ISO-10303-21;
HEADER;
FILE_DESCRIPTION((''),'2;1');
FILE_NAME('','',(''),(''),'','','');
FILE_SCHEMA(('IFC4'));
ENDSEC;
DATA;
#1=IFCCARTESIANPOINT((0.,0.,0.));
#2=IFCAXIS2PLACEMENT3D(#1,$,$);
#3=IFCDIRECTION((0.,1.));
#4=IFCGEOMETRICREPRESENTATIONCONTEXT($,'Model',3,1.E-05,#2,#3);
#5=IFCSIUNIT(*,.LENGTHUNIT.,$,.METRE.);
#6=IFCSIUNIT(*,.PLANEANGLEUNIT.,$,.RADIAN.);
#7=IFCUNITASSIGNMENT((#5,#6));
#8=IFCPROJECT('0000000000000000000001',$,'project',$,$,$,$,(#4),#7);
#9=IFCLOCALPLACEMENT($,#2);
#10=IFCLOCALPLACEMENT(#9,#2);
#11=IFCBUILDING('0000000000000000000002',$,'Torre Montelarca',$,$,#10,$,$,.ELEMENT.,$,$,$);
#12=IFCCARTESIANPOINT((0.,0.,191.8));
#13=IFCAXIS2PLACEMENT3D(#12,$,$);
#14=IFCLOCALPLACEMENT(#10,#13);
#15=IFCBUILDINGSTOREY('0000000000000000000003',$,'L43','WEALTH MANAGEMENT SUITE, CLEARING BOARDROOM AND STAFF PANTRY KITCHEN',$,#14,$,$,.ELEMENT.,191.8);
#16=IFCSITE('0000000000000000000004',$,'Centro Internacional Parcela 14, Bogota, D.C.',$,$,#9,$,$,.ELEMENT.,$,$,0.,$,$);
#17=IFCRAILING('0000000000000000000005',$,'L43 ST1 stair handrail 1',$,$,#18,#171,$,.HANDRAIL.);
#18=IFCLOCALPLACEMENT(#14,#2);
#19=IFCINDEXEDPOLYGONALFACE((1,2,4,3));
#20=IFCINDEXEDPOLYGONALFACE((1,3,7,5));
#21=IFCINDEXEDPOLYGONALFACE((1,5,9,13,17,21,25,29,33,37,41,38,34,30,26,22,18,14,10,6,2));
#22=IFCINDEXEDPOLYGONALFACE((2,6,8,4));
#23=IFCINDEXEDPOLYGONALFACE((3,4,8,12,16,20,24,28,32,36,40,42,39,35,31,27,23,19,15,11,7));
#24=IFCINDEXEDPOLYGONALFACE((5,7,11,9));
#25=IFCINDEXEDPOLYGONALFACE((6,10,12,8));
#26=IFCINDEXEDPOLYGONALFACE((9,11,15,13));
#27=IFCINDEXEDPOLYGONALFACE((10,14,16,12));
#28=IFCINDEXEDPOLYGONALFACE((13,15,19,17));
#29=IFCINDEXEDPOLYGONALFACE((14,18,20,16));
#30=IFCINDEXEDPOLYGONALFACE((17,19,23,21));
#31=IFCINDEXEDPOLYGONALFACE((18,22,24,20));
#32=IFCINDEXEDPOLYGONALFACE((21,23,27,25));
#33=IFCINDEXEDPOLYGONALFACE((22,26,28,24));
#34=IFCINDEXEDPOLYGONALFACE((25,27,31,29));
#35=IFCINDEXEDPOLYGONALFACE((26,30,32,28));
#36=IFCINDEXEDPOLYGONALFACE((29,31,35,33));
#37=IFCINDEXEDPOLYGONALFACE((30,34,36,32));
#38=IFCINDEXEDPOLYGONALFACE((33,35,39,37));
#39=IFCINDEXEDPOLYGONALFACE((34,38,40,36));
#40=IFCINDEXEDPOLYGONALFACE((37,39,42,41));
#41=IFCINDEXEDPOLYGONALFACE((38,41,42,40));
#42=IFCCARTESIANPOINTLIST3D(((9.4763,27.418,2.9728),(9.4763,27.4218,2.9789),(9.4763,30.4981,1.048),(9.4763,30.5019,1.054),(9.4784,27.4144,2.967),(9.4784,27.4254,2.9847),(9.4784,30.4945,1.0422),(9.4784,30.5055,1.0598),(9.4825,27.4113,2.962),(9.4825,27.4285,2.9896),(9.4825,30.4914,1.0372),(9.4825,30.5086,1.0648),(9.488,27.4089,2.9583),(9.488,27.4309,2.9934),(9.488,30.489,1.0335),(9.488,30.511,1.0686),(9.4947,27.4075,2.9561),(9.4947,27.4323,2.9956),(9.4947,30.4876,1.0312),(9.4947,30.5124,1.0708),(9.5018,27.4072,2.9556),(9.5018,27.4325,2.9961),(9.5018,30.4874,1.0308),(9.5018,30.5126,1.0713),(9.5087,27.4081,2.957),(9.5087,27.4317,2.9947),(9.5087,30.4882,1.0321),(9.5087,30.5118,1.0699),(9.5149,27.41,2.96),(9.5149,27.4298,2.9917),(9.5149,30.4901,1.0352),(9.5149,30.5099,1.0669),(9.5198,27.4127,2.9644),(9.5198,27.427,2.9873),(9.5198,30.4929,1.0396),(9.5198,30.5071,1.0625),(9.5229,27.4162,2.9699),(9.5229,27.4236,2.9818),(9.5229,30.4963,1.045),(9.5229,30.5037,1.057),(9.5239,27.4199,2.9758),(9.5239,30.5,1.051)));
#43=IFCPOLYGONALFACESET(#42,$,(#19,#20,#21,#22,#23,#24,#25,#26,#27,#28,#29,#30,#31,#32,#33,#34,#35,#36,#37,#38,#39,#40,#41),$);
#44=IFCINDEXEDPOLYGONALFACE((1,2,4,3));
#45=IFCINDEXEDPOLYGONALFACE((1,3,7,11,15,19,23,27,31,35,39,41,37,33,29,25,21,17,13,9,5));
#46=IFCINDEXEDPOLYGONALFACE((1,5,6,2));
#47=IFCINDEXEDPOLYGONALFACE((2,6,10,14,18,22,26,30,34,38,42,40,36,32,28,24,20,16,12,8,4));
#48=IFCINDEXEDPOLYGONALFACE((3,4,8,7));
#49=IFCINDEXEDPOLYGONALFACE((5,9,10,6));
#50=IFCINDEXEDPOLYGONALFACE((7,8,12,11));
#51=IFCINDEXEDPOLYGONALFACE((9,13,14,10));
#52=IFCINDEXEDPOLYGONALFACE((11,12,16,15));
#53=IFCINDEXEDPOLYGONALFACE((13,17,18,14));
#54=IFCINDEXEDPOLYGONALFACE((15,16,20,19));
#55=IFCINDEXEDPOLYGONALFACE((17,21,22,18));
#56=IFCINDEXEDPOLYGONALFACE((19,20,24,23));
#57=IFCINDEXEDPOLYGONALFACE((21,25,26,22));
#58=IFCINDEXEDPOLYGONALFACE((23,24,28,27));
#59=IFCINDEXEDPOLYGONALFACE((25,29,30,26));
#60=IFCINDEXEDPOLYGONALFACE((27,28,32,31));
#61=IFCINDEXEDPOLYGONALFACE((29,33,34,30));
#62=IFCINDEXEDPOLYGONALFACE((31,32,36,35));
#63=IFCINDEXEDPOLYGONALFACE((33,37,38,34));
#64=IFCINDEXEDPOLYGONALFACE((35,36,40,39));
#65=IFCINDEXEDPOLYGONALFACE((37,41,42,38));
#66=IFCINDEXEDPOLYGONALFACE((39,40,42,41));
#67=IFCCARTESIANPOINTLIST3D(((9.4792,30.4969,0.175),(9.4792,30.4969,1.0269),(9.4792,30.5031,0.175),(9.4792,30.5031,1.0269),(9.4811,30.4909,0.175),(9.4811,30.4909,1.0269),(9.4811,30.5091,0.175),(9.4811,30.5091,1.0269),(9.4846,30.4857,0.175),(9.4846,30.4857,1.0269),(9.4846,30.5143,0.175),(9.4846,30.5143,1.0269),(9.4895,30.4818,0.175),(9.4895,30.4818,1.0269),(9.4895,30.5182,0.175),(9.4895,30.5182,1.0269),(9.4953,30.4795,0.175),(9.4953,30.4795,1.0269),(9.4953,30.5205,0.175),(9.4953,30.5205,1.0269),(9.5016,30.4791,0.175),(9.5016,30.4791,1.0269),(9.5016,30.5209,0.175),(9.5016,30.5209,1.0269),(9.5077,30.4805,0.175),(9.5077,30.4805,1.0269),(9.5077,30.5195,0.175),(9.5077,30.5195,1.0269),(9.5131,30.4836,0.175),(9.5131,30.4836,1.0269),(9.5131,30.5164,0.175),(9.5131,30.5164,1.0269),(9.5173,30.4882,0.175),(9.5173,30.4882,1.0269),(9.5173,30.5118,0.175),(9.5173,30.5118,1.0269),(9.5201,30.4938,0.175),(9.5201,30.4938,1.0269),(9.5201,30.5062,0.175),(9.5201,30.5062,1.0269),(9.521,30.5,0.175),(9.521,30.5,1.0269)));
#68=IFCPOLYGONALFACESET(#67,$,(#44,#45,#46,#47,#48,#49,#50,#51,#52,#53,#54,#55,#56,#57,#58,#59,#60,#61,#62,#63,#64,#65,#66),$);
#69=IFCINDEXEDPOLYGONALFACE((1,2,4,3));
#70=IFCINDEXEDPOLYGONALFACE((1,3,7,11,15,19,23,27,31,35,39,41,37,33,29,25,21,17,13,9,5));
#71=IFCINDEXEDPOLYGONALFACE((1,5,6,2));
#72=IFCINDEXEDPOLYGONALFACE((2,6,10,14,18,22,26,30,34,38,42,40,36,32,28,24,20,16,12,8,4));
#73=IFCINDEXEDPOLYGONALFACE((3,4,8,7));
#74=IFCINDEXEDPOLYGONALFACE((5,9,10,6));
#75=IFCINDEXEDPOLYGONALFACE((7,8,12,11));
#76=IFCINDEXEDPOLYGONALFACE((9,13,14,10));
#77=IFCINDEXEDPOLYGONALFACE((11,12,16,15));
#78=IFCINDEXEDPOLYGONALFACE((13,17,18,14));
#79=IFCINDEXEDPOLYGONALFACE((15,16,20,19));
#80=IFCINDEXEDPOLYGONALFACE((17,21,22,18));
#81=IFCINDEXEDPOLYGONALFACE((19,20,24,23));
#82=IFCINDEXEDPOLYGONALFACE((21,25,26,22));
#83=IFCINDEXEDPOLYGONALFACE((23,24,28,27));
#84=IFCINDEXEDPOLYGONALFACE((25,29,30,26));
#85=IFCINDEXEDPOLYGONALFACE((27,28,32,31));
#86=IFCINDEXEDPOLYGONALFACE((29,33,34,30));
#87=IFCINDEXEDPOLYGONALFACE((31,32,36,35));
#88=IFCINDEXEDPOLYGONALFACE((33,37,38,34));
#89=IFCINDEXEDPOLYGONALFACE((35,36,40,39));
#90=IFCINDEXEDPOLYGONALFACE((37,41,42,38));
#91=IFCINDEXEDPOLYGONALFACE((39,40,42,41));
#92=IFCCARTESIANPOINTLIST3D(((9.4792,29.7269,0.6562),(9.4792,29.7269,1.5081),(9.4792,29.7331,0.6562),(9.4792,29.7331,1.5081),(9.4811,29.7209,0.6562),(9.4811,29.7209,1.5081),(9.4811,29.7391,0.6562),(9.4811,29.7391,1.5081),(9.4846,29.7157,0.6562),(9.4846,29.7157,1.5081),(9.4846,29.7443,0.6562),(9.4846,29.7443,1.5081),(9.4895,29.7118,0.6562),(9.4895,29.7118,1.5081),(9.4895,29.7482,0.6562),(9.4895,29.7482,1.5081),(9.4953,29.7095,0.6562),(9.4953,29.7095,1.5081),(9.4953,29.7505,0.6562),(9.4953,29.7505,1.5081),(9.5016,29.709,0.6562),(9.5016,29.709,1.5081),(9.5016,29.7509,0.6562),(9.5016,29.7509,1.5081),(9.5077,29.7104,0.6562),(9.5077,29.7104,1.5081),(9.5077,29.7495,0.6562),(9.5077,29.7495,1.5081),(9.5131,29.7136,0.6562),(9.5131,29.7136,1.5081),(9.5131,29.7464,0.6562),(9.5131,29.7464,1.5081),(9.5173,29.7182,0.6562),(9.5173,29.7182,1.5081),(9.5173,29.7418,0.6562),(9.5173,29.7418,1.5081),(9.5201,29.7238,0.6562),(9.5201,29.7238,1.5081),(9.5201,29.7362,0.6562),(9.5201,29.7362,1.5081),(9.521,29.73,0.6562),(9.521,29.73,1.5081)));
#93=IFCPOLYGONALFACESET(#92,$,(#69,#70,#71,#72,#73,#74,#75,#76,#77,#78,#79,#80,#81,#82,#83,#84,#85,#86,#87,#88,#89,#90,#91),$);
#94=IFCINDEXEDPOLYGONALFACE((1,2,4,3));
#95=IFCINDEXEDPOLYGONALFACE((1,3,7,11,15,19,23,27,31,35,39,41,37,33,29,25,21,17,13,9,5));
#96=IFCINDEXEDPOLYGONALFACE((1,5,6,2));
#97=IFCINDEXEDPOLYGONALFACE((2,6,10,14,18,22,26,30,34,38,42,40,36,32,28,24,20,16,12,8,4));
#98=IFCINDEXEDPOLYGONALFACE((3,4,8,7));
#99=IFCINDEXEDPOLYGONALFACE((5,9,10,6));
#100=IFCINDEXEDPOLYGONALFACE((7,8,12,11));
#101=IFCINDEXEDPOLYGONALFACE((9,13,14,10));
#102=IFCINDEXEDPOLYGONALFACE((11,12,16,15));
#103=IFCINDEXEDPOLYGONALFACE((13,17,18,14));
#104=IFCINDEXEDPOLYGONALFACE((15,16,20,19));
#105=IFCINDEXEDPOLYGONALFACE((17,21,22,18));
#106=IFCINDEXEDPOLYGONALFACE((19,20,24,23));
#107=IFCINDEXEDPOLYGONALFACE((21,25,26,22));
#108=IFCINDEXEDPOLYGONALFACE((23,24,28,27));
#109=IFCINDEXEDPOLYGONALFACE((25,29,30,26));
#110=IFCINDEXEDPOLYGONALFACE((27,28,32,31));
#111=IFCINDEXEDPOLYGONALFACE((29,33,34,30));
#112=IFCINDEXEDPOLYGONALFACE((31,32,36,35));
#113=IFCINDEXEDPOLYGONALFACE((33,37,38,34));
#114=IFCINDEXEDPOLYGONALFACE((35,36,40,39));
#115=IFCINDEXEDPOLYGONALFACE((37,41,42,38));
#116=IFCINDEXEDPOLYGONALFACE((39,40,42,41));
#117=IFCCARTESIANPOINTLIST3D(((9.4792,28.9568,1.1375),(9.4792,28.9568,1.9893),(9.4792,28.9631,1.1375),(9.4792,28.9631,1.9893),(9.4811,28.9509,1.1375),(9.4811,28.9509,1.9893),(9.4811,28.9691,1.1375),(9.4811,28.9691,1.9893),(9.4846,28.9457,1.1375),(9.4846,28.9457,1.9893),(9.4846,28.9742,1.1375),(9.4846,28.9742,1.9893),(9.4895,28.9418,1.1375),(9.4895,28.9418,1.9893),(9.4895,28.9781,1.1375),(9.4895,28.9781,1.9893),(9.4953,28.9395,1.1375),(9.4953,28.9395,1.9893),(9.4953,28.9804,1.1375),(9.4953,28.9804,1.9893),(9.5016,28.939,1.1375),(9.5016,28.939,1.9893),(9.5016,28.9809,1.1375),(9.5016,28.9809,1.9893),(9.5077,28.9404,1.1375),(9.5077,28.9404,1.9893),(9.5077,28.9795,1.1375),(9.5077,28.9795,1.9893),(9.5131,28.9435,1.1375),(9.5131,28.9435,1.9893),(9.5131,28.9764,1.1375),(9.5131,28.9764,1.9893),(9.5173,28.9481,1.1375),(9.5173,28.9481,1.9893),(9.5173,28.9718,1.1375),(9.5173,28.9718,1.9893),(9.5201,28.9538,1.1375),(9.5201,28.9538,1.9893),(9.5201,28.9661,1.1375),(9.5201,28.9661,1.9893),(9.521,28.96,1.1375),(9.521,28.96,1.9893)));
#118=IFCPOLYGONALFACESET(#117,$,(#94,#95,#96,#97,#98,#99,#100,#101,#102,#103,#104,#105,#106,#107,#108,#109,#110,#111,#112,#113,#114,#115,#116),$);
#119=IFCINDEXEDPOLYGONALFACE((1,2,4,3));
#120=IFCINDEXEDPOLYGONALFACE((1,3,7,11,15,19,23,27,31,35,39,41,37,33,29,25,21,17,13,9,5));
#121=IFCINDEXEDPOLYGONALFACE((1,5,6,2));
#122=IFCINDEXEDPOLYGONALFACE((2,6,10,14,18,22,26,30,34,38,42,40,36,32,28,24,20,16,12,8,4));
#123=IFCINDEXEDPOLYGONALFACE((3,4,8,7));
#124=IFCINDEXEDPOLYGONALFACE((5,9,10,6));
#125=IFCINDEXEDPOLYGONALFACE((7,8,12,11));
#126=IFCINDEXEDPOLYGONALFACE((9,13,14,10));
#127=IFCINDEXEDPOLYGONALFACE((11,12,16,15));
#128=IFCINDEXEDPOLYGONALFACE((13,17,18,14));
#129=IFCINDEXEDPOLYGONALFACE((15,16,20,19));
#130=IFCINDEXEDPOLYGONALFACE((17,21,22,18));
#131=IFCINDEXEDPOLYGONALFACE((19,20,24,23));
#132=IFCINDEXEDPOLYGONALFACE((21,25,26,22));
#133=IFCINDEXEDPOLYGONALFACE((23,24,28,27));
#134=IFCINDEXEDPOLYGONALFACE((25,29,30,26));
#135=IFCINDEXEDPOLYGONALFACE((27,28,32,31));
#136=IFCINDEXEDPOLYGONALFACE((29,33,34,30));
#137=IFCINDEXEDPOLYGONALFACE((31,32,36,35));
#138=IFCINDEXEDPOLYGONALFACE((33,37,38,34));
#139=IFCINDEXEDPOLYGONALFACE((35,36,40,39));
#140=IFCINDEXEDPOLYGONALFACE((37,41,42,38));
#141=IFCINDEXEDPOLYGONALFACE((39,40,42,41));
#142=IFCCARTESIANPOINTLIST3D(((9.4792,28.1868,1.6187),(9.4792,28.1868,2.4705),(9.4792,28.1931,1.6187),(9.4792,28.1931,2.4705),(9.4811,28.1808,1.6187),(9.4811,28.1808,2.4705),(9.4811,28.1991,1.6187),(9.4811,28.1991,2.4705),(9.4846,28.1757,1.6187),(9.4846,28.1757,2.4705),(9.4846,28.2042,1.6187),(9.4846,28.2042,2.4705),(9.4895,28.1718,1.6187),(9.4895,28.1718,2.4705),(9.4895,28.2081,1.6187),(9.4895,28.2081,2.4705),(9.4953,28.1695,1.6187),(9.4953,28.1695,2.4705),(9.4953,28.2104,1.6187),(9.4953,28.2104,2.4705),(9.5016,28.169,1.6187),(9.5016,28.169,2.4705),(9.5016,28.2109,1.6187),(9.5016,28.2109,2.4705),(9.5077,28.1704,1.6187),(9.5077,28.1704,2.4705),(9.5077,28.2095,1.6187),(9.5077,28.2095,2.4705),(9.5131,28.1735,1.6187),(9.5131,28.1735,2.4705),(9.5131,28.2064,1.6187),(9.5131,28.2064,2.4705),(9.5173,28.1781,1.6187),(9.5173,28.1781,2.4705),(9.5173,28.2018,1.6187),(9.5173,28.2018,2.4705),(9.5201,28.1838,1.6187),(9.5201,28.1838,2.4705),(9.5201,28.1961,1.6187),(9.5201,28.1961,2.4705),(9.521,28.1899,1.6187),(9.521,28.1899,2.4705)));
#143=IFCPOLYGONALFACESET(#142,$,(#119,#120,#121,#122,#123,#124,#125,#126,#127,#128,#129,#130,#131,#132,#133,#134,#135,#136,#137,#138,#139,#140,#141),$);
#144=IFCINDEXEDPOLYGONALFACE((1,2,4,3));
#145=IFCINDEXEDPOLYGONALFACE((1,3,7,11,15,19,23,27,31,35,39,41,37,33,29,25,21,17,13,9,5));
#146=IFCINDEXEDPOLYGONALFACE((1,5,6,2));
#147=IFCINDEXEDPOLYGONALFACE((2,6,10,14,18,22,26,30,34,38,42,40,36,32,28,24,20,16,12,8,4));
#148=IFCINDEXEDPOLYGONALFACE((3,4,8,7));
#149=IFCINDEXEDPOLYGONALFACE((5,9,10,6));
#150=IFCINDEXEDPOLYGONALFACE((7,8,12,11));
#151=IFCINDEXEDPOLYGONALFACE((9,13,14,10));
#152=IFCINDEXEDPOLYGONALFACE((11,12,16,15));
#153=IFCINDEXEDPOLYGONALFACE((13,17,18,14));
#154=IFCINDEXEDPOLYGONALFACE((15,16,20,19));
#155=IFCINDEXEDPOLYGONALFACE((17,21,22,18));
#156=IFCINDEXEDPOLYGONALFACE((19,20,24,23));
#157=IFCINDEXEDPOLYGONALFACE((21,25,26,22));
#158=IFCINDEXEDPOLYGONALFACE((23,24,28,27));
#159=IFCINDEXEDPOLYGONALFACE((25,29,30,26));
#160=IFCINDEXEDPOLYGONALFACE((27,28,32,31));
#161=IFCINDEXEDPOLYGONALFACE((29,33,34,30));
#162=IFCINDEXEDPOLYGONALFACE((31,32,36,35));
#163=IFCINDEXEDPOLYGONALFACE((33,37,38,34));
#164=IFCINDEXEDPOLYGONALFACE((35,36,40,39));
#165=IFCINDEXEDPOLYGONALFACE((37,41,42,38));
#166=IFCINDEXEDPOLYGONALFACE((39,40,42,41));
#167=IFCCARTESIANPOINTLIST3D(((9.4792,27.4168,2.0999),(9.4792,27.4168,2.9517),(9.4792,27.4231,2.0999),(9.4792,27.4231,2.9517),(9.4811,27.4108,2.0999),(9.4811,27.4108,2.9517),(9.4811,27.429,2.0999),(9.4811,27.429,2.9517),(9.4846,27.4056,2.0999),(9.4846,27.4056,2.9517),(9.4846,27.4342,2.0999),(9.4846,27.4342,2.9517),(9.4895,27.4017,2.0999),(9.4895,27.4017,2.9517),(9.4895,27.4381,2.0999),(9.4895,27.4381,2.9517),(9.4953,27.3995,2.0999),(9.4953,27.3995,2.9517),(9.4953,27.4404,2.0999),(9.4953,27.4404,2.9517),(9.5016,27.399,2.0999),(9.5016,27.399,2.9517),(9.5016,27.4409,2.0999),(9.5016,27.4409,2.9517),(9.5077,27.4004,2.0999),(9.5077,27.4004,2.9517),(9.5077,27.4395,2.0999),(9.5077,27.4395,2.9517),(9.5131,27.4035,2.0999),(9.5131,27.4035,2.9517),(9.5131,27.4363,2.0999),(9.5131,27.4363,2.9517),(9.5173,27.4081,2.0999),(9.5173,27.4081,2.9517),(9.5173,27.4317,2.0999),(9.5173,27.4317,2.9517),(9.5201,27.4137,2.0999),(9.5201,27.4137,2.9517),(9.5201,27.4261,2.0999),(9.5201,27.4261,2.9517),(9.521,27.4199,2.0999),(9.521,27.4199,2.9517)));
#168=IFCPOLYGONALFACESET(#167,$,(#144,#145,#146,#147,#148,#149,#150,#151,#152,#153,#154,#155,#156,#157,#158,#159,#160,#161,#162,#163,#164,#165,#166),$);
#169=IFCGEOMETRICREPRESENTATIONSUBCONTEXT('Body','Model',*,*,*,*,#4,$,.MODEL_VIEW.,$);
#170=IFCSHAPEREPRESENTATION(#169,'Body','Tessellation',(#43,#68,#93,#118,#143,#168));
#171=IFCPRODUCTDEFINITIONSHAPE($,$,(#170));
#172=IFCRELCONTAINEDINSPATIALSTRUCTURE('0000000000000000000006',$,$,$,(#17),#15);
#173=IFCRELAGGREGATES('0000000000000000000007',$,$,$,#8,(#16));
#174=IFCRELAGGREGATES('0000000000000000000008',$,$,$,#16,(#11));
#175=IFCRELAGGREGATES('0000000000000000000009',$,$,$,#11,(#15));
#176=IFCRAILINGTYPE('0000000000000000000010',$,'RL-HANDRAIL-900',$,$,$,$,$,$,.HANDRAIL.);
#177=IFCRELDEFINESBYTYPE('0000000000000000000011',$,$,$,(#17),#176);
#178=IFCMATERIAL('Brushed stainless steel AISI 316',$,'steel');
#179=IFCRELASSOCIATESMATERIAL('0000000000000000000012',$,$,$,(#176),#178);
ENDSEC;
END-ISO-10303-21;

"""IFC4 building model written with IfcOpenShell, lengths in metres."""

from ifc_helpers import new_model, si_unit, direction, frame, origin, origin_2d, place, context, subcontext, project, spatial, circle, extrude, material, type_object, element, save


model = new_model("IFC4")

# Units and contexts
model_context = context("Model", 3, precision=1e-05, world=origin(), true_north=direction((0.0, 1.0)))
body_context = subcontext(model_context, "Body", "Model", "MODEL_VIEW")
ifc_project = project(units=[si_unit("LENGTHUNIT", "METRE"), si_unit("PLANEANGLEUNIT", "RADIAN")], contexts=[model_context])

# Site, building, storey
site_placement = place(None, origin())
site = spatial("IfcSite", under=ifc_project, at=site_placement, Name="Centro Internacional Parcela 14, Bogota, D.C.", CompositionType="ELEMENT", RefElevation=0.0)
building_placement = place(site_placement, origin())
building = spatial("IfcBuilding", under=site, at=building_placement, Name="Torre Montelarca", CompositionType="ELEMENT")
storey_placement = place(building_placement, frame((0.0, 0.0, 191.8)))
storey = spatial("IfcBuildingStorey", under=building, at=storey_placement, Name="L43", Description="WEALTH MANAGEMENT SUITE, CLEARING BOARDROOM AND STAFF PANTRY KITCHEN", CompositionType="ELEMENT", Elevation=191.8)

# Railing
ifc_material_1 = material(Name="Brushed stainless steel AISI 316", Category="steel")
railing_type_1 = type_object("IfcRailingType", Name="RL-HANDRAIL-900", PredefinedType="HANDRAIL", material=ifc_material_1)
railing_1_placement = place(storey_placement, frame((9.5, 30.5, 0.175)))
element("IfcRailing", 1, at=railing_1_placement, inside=storey, type_object=railing_type_1, Name="L43 ST1 stair handrail 1", PredefinedType="HANDRAIL", context=body_context, shape_type="SweptSolid", body=[
    extrude(circle(Radius=0.0239, at=origin_2d()), frame((0.0, 0.0, 0.876), z_axis=(0.0, -0.848029, 0.529951), x_axis=(1.0, 0.0, 0.0)), (0.0, 0.0, 1.0), 3.6321),
    extrude(circle(Radius=0.021, at=origin_2d()), origin(), (0.0, 0.0, 1.0), 0.8518),
    extrude(circle(Radius=0.021, at=origin_2d()), frame((0.0, -0.77, 0.4812)), (0.0, 0.0, 1.0), 0.8518),
    extrude(circle(Radius=0.021, at=origin_2d()), frame((0.0, -1.54, 0.9624)), (0.0, 0.0, 1.0), 0.8518),
    extrude(circle(Radius=0.021, at=origin_2d()), frame((0.0, -2.3101, 1.4436)), (0.0, 0.0, 1.0), 0.8518),
    extrude(circle(Radius=0.021, at=origin_2d()), frame((0.0, -3.0801, 1.9248)), (0.0, 0.0, 1.0), 0.8518),
])

save(model, "model.ifc")
